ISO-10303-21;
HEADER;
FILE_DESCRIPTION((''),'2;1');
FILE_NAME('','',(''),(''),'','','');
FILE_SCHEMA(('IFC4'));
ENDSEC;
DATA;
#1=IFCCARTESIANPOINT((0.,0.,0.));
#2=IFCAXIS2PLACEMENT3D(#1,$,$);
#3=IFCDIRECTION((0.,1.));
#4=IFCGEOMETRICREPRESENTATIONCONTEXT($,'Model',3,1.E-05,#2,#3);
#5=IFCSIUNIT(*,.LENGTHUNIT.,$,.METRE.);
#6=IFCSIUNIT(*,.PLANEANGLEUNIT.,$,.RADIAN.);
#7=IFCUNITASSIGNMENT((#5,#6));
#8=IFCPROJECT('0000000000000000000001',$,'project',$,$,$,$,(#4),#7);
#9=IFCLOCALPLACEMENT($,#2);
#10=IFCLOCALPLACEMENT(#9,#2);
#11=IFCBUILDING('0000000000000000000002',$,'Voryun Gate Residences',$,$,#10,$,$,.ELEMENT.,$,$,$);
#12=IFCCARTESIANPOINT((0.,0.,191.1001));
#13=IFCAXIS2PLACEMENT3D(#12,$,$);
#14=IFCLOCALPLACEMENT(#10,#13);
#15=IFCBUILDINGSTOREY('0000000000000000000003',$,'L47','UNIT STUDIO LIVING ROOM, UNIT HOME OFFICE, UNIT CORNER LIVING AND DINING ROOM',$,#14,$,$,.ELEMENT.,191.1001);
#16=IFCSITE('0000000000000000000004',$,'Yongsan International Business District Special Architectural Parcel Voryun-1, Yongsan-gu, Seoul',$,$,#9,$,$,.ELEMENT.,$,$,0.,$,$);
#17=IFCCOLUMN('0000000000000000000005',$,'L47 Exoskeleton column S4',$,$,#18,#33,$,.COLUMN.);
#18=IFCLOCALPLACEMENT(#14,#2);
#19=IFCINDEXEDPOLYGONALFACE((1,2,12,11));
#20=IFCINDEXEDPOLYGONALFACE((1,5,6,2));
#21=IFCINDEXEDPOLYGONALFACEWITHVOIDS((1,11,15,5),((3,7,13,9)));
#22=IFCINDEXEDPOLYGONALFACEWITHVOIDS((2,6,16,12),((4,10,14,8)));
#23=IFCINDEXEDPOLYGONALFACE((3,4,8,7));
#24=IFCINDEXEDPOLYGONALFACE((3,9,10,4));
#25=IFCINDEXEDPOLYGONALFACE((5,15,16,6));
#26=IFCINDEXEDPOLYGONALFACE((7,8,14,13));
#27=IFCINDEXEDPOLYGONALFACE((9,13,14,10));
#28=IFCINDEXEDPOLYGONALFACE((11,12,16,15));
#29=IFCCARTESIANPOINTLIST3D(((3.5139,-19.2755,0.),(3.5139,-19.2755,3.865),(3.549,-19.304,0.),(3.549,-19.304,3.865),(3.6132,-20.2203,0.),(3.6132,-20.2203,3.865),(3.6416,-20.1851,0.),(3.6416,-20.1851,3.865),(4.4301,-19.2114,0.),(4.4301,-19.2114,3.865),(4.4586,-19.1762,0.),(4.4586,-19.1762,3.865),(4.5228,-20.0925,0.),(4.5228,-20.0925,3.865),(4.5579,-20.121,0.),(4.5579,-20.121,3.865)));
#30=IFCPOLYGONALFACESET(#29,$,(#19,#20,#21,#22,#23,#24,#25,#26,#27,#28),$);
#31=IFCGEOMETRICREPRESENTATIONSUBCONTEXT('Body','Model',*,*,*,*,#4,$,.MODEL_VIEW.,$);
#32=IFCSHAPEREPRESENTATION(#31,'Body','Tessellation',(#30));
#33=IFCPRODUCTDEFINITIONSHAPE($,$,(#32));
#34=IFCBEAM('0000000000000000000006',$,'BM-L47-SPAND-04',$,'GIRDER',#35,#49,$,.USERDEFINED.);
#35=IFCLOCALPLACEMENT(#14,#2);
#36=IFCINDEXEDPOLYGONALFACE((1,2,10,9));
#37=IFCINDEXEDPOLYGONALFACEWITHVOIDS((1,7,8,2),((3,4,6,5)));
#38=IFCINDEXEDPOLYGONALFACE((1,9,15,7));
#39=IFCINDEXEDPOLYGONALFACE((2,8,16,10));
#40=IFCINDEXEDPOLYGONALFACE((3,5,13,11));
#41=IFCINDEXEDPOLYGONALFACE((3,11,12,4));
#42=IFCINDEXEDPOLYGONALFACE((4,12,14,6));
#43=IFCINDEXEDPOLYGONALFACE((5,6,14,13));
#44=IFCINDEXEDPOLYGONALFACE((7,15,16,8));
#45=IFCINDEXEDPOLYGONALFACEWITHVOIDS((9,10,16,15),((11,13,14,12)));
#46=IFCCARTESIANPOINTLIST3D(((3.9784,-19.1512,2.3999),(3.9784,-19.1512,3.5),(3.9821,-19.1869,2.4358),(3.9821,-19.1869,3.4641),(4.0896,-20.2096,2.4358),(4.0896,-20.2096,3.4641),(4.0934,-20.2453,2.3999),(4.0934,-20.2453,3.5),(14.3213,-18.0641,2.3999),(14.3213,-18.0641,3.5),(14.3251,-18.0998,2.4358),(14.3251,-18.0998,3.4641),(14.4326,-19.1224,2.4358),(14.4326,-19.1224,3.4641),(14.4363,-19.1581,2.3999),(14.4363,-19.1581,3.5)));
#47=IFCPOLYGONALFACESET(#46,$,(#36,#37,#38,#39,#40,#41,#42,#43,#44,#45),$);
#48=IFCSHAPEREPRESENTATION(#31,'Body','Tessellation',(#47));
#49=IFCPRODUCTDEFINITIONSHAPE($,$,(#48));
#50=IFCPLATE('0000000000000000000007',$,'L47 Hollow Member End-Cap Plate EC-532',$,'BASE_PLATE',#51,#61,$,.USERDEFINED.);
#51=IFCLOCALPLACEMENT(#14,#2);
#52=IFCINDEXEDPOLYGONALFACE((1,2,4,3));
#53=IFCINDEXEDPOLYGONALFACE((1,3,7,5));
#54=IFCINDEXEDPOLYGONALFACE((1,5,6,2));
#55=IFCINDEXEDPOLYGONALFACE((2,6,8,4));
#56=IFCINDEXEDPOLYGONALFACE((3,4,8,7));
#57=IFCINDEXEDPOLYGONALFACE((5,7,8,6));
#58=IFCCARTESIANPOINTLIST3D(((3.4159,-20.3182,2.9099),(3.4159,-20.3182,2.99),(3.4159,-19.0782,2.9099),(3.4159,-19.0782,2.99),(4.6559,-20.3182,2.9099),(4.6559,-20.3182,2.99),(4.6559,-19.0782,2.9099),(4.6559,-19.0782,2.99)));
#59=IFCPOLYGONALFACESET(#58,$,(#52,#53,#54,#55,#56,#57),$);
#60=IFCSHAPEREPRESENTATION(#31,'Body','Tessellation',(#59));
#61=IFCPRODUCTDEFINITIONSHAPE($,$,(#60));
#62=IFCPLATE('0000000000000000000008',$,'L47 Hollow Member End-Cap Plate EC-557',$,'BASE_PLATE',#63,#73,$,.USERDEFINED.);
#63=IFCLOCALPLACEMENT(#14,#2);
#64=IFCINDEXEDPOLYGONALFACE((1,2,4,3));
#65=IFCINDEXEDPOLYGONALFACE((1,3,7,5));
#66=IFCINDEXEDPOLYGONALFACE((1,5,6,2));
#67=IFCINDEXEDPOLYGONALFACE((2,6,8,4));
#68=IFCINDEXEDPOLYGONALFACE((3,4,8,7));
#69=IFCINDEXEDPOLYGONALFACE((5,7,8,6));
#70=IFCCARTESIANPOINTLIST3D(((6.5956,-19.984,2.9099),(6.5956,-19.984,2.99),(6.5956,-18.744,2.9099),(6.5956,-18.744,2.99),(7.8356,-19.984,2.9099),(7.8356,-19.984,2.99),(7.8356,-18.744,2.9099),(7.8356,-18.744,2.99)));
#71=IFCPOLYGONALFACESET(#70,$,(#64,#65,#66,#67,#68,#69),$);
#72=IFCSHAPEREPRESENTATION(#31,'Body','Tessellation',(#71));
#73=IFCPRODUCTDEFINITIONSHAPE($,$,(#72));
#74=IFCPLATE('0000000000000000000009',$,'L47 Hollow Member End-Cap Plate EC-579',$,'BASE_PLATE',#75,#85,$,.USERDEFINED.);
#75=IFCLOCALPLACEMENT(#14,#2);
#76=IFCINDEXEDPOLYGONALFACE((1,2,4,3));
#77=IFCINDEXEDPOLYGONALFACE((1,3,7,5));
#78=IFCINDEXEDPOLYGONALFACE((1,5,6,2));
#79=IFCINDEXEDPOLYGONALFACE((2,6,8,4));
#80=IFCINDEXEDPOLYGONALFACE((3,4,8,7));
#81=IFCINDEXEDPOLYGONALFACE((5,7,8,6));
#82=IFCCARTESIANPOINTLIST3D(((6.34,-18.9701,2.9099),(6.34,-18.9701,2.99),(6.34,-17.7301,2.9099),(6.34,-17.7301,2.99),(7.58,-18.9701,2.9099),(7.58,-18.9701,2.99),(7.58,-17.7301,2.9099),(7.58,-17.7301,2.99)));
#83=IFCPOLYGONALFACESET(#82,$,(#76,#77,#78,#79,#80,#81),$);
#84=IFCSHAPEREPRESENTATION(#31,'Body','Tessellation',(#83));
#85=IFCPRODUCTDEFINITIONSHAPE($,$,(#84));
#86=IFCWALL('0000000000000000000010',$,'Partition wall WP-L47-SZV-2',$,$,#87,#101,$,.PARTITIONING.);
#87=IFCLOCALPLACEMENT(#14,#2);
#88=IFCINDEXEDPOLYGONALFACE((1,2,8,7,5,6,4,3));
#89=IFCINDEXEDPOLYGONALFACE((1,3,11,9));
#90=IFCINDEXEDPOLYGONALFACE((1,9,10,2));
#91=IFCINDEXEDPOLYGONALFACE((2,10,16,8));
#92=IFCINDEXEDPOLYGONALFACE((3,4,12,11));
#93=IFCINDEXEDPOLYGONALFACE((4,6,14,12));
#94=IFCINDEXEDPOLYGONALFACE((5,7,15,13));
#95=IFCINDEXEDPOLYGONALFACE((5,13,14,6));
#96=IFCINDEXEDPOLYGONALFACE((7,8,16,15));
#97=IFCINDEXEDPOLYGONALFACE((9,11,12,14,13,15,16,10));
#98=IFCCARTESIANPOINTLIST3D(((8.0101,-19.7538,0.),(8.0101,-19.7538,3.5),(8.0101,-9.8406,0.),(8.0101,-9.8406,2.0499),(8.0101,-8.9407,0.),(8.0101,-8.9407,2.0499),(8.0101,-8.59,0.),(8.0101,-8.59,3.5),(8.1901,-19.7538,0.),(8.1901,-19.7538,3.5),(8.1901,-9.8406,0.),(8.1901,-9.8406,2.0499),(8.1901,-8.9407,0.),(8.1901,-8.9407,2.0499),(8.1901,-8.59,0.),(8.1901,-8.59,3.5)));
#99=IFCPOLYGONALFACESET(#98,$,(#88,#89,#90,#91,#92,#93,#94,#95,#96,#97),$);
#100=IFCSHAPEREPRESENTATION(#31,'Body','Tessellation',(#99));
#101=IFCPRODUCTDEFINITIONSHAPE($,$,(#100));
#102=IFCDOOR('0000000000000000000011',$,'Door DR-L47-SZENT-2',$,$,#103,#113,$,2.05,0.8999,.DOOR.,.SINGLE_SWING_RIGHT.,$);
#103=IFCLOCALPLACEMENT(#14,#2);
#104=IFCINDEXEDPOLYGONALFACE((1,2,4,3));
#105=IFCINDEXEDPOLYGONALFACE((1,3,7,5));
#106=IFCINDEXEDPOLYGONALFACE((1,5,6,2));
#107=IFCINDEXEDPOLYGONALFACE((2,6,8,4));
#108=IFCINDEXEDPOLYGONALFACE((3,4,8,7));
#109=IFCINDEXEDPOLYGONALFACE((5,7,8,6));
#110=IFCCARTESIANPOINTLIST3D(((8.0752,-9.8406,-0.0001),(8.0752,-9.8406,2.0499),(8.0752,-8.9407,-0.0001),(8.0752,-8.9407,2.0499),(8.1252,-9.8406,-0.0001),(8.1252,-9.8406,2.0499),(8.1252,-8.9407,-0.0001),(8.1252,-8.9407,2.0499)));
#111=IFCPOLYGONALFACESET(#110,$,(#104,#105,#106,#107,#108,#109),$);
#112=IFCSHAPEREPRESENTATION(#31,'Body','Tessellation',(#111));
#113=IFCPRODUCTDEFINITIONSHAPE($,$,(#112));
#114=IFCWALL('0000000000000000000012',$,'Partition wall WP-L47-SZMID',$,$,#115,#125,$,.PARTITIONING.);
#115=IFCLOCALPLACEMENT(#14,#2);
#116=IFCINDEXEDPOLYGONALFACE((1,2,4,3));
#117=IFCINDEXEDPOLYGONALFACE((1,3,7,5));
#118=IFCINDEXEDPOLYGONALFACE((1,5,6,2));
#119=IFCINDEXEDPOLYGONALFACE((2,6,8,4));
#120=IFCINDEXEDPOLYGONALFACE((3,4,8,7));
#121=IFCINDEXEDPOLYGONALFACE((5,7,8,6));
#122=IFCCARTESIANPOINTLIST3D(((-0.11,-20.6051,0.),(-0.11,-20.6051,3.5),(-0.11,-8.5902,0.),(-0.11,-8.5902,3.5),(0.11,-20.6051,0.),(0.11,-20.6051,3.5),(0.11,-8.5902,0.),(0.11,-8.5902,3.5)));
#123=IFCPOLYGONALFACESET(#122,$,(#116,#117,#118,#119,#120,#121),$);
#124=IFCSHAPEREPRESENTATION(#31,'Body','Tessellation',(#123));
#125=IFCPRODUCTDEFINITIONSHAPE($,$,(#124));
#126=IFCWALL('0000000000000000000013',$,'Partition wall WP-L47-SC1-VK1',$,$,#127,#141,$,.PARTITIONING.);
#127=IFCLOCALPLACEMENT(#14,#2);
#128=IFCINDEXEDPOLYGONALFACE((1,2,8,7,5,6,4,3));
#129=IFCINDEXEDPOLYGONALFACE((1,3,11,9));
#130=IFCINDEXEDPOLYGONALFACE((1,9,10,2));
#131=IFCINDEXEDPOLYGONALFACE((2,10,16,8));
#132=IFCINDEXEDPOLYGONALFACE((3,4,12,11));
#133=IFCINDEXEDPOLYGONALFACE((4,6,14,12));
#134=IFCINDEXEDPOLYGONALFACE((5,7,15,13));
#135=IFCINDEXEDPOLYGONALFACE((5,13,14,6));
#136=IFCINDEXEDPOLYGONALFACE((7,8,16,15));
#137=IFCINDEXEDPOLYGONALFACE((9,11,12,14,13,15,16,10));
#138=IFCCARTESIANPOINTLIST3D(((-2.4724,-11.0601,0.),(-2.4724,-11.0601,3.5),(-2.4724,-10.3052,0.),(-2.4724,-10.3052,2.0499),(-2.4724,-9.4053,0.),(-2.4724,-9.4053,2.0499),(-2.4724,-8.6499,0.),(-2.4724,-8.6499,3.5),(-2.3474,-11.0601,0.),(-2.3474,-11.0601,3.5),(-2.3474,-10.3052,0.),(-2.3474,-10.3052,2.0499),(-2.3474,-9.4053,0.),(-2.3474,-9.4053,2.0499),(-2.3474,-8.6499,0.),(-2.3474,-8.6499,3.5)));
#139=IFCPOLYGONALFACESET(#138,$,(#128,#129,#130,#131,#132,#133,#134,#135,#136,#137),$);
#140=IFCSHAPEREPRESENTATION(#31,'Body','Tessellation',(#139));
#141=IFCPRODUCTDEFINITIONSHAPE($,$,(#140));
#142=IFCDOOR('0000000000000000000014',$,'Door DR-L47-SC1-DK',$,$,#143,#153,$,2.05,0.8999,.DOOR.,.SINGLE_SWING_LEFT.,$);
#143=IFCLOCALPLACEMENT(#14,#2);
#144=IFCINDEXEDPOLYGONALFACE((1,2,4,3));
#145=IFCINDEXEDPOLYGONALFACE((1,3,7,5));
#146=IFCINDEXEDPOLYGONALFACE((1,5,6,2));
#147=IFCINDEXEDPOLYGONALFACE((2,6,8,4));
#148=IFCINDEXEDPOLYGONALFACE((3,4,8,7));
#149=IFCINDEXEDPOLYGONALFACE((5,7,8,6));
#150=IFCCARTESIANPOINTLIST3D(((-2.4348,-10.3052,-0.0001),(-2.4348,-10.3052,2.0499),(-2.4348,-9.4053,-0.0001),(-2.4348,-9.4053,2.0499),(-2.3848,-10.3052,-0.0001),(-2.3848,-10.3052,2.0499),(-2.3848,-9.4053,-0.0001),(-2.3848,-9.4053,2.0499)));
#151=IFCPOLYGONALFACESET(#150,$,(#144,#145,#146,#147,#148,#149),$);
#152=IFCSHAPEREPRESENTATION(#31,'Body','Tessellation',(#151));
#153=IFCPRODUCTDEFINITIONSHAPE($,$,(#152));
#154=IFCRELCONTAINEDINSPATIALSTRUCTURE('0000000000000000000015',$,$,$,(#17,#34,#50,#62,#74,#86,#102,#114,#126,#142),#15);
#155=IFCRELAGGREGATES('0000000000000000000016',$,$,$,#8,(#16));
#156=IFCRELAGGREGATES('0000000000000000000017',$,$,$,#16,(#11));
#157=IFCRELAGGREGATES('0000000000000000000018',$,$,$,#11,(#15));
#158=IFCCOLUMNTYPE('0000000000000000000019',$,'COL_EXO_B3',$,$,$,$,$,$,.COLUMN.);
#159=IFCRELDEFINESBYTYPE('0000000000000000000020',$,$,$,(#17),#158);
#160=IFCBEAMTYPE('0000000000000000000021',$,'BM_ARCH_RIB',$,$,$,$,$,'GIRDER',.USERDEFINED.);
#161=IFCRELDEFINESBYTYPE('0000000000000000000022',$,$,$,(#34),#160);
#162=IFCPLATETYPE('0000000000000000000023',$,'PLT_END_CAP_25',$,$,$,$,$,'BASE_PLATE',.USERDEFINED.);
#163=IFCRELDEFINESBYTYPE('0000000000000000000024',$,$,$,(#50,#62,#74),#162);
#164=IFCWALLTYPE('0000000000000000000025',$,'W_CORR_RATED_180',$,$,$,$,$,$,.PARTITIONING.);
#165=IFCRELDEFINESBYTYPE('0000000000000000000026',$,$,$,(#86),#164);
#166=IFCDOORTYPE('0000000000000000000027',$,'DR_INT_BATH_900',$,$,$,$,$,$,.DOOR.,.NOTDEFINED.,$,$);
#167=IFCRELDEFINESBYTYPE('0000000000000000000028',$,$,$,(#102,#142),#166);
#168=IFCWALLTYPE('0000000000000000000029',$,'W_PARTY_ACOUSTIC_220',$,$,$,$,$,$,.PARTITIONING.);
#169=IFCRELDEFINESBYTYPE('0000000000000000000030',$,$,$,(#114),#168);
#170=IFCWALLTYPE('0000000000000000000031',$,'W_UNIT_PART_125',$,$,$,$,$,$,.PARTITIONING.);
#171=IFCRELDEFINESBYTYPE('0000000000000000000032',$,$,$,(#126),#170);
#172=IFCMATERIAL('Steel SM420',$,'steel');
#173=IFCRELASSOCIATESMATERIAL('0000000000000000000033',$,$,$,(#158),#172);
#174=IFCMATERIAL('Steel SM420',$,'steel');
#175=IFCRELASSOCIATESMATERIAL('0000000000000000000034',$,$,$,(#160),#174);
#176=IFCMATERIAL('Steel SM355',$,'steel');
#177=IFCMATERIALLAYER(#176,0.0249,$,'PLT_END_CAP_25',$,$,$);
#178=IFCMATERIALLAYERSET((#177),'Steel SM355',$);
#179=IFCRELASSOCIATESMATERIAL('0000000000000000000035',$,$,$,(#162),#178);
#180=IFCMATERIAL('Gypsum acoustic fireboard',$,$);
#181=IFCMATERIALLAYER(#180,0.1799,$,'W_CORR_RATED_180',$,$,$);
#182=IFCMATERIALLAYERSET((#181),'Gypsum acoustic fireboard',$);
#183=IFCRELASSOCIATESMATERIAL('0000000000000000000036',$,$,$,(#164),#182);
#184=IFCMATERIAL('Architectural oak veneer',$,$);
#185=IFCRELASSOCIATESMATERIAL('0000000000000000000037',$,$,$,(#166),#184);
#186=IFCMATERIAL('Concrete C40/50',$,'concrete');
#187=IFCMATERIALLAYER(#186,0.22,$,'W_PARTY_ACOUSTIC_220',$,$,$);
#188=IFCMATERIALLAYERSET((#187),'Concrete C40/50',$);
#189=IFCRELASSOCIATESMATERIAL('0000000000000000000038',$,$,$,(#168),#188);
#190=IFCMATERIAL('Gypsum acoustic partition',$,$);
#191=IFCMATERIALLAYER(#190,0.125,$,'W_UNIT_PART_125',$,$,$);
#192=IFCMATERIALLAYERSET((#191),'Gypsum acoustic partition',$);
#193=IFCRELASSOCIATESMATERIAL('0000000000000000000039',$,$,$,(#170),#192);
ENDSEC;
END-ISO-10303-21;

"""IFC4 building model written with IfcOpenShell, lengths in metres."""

from ifc_helpers import new_model, si_unit, direction, frame, frame_2d, origin, origin_2d, place, context, subcontext, project, spatial, rectangle, hollow_rectangle, extrude, material, layer, layer_set, material_profile, profile_set, type_object, element, fill, save


model = new_model("IFC4")

# Units and contexts
model_context = context("Model", 3, precision=1e-05, world=origin(), true_north=direction((0.0, 1.0)))
body_context = subcontext(model_context, "Body", "Model", "MODEL_VIEW")
ifc_project = project(units=[si_unit("LENGTHUNIT", "METRE"), si_unit("PLANEANGLEUNIT", "RADIAN")], contexts=[model_context])

# Site, building, storey
site_placement = place(None, origin())
site = spatial("IfcSite", under=ifc_project, at=site_placement, Name="Yongsan International Business District Special Architectural Parcel Voryun-1, Yongsan-gu, Seoul", CompositionType="ELEMENT", RefElevation=0.0)
building_placement = place(site_placement, origin())
building = spatial("IfcBuilding", under=site, at=building_placement, Name="Voryun Gate Residences", CompositionType="ELEMENT")
storey_placement = place(building_placement, frame((0.0, 0.0, 191.1001)))
storey = spatial("IfcBuildingStorey", under=building, at=storey_placement, Name="L47", Description="UNIT STUDIO LIVING ROOM, UNIT HOME OFFICE, UNIT CORNER LIVING AND DINING ROOM", CompositionType="ELEMENT", Elevation=191.1001)

# Column
ifc_material_1 = material(Name="Steel SM420", Category="steel")
ifc_material_profile_1 = material_profile(ifc_material_1, hollow_rectangle(XDim=0.95, YDim=0.95, WallThickness=0.032, at=origin_2d()), Name="BOX-950x950x32")
ifc_profile_set_1 = profile_set([ifc_material_profile_1], Name="Steel SM420")
column_type = type_object("IfcColumnType", Name="COL_EXO_B3", PredefinedType="COLUMN", material=ifc_profile_set_1)
column_placement = place(storey_placement, frame((4.0359, -19.6982, 0.0), z_axis=(0.0, 0.0, 1.0), x_axis=(0.994522, 0.104528, 0.0)))
element("IfcColumn", 1, at=column_placement, inside=storey, type_object=column_type, Name="L47 Exoskeleton column S4", PredefinedType="COLUMN", context=body_context, shape_type="SweptSolid", body=[
    extrude(hollow_rectangle(XDim=0.95, YDim=0.95, WallThickness=0.032, at=origin_2d()), origin(), (0.0, 0.0, 1.0), 3.865),
])

# Beam
ifc_material_2 = material(Name="Steel SM420", Category="steel")
ifc_material_profile_2 = material_profile(ifc_material_2, hollow_rectangle(XDim=1.1001, YDim=1.1001, WallThickness=0.0359, at=origin_2d()), Name="BOX-1100x1100x36")
ifc_profile_set_2 = profile_set([ifc_material_profile_2], Name="Steel SM420")
beam_type = type_object("IfcBeamType", Name="BM_ARCH_RIB", ElementType="GIRDER", PredefinedType="USERDEFINED", material=ifc_profile_set_2)
beam_placement = place(storey_placement, frame((4.0359, -19.6982, 2.95), z_axis=(0.994521, 0.104534, 0.0), x_axis=(-0.104534, 0.994521, 0.0)))
element("IfcBeam", 2, at=beam_placement, inside=storey, type_object=beam_type, Name="BM-L47-SPAND-04", ObjectType="GIRDER", PredefinedType="USERDEFINED", context=body_context, shape_type="SweptSolid", body=[
    extrude(hollow_rectangle(XDim=1.1001, YDim=1.1001, WallThickness=0.0359, at=origin_2d()), origin(), (0.0, 0.0, 1.0), 10.3999),
])

# Plates
ifc_material_3 = material(Name="Steel SM355", Category="steel")
ifc_layer_1 = layer(ifc_material_3, 0.0249, Name="PLT_END_CAP_25")
ifc_layer_set_1 = layer_set([ifc_layer_1], Name="Steel SM355")
plate_type = type_object("IfcPlateType", Name="PLT_END_CAP_25", ElementType="BASE_PLATE", PredefinedType="USERDEFINED", material=ifc_layer_set_1)
for number, where, z_axis, x_axis, name in (
    (3, (4.0359, -19.6982, 2.9099), (0.0, 0.0, 1.0), (1.0, 0.0, 0.0), "L47 Hollow Member End-Cap Plate EC-532"),
    (4, (7.2156, -19.364, 2.9099), (0.0, 0.0, 1.0), (1.0, 0.0, 0.0), "L47 Hollow Member End-Cap Plate EC-557"),
    (5, (6.96, -18.3501, 2.9099), (0.0, 0.0, 1.0), (1.0, 0.0, 0.0), "L47 Hollow Member End-Cap Plate EC-579"),
):
    element("IfcPlate", number, at=place(storey_placement, frame(where, z_axis=z_axis, x_axis=x_axis)), inside=storey, type_object=plate_type, Name=name, ObjectType="BASE_PLATE", PredefinedType="USERDEFINED", context=body_context, shape_type="SweptSolid", body=[
        extrude(rectangle(XDim=1.24, YDim=1.24, at=origin_2d()), origin(), (0.0, 0.0, 1.0), 0.0801),
    ])

# Wall, opening, door
ifc_material_4 = material(Name="Gypsum acoustic fireboard")
ifc_layer_2 = layer(ifc_material_4, 0.1799, Name="W_CORR_RATED_180")
ifc_layer_set_2 = layer_set([ifc_layer_2], Name="Gypsum acoustic fireboard")
wall_type_1 = type_object("IfcWallType", Name="W_CORR_RATED_180", PredefinedType="PARTITIONING", material=ifc_layer_set_2)
wall_1_placement = place(storey_placement, frame((8.1001, -19.7539, 0.0), z_axis=(0.0, 0.0, 1.0), x_axis=(0.0, 1.0, 0.0)))
wall_1 = element("IfcWall", 6, at=wall_1_placement, inside=storey, type_object=wall_type_1, Name="Partition wall WP-L47-SZV-2", PredefinedType="PARTITIONING", context=body_context, shape_type="SweptSolid", body=[
    extrude(rectangle(XDim=11.1638, YDim=0.1799, at=frame_2d((5.582, 0.0))), origin(), (0.0, 0.0, 1.0), 3.5),
])
opening_1_placement = place(wall_1_placement, frame((9.9133, 0.0, 0.0)))
opening_1 = element("IfcOpeningElement", 7, at=opening_1_placement, cuts=wall_1, PredefinedType="OPENING", context=body_context, shape_type="SweptSolid", body=[
    extrude(rectangle(XDim=0.8999, YDim=2.05, at=frame_2d((0.45, 1.0249))), frame((0.0, 0.0999, 0.0), z_axis=(0.0, -1.0, 0.0), x_axis=(1.0, 0.0, 0.0)), (0.0, 0.0, 1.0), 0.2),
])
ifc_material_5 = material(Name="Architectural oak veneer")
door_type = type_object("IfcDoorType", Name="DR_INT_BATH_900", OperationType="NOTDEFINED", PredefinedType="DOOR", material=ifc_material_5)
door_1_placement = place(opening_1_placement, origin())
door_1 = element("IfcDoor", 8, at=door_1_placement, inside=storey, type_object=door_type, Name="Door DR-L47-SZENT-2", OperationType="SINGLE_SWING_RIGHT", OverallHeight=2.05, OverallWidth=0.8999, PredefinedType="DOOR", context=body_context, shape_type="SweptSolid", body=[
    extrude(rectangle(XDim=0.8999, YDim=2.05, at=frame_2d((0.45, 1.0249))), frame((0.0, 0.0249, 0.0), z_axis=(0.0, -1.0, 0.0), x_axis=(1.0, 0.0, 0.0)), (0.0, 0.0, 1.0), 0.05),
])
fill(opening_1, door_1)

# Wall
ifc_material_6 = material(Name="Concrete C40/50", Category="concrete")
ifc_layer_3 = layer(ifc_material_6, 0.22, Name="W_PARTY_ACOUSTIC_220")
ifc_layer_set_3 = layer_set([ifc_layer_3], Name="Concrete C40/50")
wall_type_2 = type_object("IfcWallType", Name="W_PARTY_ACOUSTIC_220", PredefinedType="PARTITIONING", material=ifc_layer_set_3)
wall_2_placement = place(storey_placement, frame((0.0, -20.605, 0.0), z_axis=(0.0, 0.0, 1.0), x_axis=(0.0, 1.0, 0.0)))
element("IfcWall", 9, at=wall_2_placement, inside=storey, type_object=wall_type_2, Name="Partition wall WP-L47-SZMID", PredefinedType="PARTITIONING", context=body_context, shape_type="SweptSolid", body=[
    extrude(rectangle(XDim=12.0149, YDim=0.22, at=frame_2d((6.0073, 0.0))), origin(), (0.0, 0.0, 1.0), 3.5),
])

# Wall, opening, door
ifc_material_7 = material(Name="Gypsum acoustic partition")
ifc_layer_4 = layer(ifc_material_7, 0.125, Name="W_UNIT_PART_125")
ifc_layer_set_4 = layer_set([ifc_layer_4], Name="Gypsum acoustic partition")
wall_type_3 = type_object("IfcWallType", Name="W_UNIT_PART_125", PredefinedType="PARTITIONING", material=ifc_layer_set_4)
wall_3_placement = place(storey_placement, frame((-2.4099, -11.0601, 0.0), z_axis=(0.0, 0.0, 1.0), x_axis=(0.0, 1.0, 0.0)))
wall_3 = element("IfcWall", 10, at=wall_3_placement, inside=storey, type_object=wall_type_3, Name="Partition wall WP-L47-SC1-VK1", PredefinedType="PARTITIONING", context=body_context, shape_type="SweptSolid", body=[
    extrude(rectangle(XDim=2.4102, YDim=0.125, at=frame_2d((1.2051, 0.0))), origin(), (0.0, 0.0, 1.0), 3.5),
])
opening_2_placement = place(wall_3_placement, frame((0.7549, 0.0, 0.0)))
opening_2 = element("IfcOpeningElement", 11, at=opening_2_placement, cuts=wall_3, PredefinedType="OPENING", context=body_context, shape_type="SweptSolid", body=[
    extrude(rectangle(XDim=0.8999, YDim=2.05, at=frame_2d((0.45, 1.0249))), frame((0.0, 0.0725, 0.0), z_axis=(0.0, -1.0, 0.0), x_axis=(1.0, 0.0, 0.0)), (0.0, 0.0, 1.0), 0.145),
])
door_2_placement = place(opening_2_placement, origin())
door_2 = element("IfcDoor", 12, at=door_2_placement, inside=storey, type_object=door_type, Name="Door DR-L47-SC1-DK", OperationType="SINGLE_SWING_LEFT", OverallHeight=2.05, OverallWidth=0.8999, PredefinedType="DOOR", context=body_context, shape_type="SweptSolid", body=[
    extrude(rectangle(XDim=0.8999, YDim=2.05, at=frame_2d((0.45, 1.0249))), frame((0.0, 0.0249, 0.0), z_axis=(0.0, -1.0, 0.0), x_axis=(1.0, 0.0, 0.0)), (0.0, 0.0, 1.0), 0.05),
])
fill(opening_2, door_2)

save(model, "model.ifc")
